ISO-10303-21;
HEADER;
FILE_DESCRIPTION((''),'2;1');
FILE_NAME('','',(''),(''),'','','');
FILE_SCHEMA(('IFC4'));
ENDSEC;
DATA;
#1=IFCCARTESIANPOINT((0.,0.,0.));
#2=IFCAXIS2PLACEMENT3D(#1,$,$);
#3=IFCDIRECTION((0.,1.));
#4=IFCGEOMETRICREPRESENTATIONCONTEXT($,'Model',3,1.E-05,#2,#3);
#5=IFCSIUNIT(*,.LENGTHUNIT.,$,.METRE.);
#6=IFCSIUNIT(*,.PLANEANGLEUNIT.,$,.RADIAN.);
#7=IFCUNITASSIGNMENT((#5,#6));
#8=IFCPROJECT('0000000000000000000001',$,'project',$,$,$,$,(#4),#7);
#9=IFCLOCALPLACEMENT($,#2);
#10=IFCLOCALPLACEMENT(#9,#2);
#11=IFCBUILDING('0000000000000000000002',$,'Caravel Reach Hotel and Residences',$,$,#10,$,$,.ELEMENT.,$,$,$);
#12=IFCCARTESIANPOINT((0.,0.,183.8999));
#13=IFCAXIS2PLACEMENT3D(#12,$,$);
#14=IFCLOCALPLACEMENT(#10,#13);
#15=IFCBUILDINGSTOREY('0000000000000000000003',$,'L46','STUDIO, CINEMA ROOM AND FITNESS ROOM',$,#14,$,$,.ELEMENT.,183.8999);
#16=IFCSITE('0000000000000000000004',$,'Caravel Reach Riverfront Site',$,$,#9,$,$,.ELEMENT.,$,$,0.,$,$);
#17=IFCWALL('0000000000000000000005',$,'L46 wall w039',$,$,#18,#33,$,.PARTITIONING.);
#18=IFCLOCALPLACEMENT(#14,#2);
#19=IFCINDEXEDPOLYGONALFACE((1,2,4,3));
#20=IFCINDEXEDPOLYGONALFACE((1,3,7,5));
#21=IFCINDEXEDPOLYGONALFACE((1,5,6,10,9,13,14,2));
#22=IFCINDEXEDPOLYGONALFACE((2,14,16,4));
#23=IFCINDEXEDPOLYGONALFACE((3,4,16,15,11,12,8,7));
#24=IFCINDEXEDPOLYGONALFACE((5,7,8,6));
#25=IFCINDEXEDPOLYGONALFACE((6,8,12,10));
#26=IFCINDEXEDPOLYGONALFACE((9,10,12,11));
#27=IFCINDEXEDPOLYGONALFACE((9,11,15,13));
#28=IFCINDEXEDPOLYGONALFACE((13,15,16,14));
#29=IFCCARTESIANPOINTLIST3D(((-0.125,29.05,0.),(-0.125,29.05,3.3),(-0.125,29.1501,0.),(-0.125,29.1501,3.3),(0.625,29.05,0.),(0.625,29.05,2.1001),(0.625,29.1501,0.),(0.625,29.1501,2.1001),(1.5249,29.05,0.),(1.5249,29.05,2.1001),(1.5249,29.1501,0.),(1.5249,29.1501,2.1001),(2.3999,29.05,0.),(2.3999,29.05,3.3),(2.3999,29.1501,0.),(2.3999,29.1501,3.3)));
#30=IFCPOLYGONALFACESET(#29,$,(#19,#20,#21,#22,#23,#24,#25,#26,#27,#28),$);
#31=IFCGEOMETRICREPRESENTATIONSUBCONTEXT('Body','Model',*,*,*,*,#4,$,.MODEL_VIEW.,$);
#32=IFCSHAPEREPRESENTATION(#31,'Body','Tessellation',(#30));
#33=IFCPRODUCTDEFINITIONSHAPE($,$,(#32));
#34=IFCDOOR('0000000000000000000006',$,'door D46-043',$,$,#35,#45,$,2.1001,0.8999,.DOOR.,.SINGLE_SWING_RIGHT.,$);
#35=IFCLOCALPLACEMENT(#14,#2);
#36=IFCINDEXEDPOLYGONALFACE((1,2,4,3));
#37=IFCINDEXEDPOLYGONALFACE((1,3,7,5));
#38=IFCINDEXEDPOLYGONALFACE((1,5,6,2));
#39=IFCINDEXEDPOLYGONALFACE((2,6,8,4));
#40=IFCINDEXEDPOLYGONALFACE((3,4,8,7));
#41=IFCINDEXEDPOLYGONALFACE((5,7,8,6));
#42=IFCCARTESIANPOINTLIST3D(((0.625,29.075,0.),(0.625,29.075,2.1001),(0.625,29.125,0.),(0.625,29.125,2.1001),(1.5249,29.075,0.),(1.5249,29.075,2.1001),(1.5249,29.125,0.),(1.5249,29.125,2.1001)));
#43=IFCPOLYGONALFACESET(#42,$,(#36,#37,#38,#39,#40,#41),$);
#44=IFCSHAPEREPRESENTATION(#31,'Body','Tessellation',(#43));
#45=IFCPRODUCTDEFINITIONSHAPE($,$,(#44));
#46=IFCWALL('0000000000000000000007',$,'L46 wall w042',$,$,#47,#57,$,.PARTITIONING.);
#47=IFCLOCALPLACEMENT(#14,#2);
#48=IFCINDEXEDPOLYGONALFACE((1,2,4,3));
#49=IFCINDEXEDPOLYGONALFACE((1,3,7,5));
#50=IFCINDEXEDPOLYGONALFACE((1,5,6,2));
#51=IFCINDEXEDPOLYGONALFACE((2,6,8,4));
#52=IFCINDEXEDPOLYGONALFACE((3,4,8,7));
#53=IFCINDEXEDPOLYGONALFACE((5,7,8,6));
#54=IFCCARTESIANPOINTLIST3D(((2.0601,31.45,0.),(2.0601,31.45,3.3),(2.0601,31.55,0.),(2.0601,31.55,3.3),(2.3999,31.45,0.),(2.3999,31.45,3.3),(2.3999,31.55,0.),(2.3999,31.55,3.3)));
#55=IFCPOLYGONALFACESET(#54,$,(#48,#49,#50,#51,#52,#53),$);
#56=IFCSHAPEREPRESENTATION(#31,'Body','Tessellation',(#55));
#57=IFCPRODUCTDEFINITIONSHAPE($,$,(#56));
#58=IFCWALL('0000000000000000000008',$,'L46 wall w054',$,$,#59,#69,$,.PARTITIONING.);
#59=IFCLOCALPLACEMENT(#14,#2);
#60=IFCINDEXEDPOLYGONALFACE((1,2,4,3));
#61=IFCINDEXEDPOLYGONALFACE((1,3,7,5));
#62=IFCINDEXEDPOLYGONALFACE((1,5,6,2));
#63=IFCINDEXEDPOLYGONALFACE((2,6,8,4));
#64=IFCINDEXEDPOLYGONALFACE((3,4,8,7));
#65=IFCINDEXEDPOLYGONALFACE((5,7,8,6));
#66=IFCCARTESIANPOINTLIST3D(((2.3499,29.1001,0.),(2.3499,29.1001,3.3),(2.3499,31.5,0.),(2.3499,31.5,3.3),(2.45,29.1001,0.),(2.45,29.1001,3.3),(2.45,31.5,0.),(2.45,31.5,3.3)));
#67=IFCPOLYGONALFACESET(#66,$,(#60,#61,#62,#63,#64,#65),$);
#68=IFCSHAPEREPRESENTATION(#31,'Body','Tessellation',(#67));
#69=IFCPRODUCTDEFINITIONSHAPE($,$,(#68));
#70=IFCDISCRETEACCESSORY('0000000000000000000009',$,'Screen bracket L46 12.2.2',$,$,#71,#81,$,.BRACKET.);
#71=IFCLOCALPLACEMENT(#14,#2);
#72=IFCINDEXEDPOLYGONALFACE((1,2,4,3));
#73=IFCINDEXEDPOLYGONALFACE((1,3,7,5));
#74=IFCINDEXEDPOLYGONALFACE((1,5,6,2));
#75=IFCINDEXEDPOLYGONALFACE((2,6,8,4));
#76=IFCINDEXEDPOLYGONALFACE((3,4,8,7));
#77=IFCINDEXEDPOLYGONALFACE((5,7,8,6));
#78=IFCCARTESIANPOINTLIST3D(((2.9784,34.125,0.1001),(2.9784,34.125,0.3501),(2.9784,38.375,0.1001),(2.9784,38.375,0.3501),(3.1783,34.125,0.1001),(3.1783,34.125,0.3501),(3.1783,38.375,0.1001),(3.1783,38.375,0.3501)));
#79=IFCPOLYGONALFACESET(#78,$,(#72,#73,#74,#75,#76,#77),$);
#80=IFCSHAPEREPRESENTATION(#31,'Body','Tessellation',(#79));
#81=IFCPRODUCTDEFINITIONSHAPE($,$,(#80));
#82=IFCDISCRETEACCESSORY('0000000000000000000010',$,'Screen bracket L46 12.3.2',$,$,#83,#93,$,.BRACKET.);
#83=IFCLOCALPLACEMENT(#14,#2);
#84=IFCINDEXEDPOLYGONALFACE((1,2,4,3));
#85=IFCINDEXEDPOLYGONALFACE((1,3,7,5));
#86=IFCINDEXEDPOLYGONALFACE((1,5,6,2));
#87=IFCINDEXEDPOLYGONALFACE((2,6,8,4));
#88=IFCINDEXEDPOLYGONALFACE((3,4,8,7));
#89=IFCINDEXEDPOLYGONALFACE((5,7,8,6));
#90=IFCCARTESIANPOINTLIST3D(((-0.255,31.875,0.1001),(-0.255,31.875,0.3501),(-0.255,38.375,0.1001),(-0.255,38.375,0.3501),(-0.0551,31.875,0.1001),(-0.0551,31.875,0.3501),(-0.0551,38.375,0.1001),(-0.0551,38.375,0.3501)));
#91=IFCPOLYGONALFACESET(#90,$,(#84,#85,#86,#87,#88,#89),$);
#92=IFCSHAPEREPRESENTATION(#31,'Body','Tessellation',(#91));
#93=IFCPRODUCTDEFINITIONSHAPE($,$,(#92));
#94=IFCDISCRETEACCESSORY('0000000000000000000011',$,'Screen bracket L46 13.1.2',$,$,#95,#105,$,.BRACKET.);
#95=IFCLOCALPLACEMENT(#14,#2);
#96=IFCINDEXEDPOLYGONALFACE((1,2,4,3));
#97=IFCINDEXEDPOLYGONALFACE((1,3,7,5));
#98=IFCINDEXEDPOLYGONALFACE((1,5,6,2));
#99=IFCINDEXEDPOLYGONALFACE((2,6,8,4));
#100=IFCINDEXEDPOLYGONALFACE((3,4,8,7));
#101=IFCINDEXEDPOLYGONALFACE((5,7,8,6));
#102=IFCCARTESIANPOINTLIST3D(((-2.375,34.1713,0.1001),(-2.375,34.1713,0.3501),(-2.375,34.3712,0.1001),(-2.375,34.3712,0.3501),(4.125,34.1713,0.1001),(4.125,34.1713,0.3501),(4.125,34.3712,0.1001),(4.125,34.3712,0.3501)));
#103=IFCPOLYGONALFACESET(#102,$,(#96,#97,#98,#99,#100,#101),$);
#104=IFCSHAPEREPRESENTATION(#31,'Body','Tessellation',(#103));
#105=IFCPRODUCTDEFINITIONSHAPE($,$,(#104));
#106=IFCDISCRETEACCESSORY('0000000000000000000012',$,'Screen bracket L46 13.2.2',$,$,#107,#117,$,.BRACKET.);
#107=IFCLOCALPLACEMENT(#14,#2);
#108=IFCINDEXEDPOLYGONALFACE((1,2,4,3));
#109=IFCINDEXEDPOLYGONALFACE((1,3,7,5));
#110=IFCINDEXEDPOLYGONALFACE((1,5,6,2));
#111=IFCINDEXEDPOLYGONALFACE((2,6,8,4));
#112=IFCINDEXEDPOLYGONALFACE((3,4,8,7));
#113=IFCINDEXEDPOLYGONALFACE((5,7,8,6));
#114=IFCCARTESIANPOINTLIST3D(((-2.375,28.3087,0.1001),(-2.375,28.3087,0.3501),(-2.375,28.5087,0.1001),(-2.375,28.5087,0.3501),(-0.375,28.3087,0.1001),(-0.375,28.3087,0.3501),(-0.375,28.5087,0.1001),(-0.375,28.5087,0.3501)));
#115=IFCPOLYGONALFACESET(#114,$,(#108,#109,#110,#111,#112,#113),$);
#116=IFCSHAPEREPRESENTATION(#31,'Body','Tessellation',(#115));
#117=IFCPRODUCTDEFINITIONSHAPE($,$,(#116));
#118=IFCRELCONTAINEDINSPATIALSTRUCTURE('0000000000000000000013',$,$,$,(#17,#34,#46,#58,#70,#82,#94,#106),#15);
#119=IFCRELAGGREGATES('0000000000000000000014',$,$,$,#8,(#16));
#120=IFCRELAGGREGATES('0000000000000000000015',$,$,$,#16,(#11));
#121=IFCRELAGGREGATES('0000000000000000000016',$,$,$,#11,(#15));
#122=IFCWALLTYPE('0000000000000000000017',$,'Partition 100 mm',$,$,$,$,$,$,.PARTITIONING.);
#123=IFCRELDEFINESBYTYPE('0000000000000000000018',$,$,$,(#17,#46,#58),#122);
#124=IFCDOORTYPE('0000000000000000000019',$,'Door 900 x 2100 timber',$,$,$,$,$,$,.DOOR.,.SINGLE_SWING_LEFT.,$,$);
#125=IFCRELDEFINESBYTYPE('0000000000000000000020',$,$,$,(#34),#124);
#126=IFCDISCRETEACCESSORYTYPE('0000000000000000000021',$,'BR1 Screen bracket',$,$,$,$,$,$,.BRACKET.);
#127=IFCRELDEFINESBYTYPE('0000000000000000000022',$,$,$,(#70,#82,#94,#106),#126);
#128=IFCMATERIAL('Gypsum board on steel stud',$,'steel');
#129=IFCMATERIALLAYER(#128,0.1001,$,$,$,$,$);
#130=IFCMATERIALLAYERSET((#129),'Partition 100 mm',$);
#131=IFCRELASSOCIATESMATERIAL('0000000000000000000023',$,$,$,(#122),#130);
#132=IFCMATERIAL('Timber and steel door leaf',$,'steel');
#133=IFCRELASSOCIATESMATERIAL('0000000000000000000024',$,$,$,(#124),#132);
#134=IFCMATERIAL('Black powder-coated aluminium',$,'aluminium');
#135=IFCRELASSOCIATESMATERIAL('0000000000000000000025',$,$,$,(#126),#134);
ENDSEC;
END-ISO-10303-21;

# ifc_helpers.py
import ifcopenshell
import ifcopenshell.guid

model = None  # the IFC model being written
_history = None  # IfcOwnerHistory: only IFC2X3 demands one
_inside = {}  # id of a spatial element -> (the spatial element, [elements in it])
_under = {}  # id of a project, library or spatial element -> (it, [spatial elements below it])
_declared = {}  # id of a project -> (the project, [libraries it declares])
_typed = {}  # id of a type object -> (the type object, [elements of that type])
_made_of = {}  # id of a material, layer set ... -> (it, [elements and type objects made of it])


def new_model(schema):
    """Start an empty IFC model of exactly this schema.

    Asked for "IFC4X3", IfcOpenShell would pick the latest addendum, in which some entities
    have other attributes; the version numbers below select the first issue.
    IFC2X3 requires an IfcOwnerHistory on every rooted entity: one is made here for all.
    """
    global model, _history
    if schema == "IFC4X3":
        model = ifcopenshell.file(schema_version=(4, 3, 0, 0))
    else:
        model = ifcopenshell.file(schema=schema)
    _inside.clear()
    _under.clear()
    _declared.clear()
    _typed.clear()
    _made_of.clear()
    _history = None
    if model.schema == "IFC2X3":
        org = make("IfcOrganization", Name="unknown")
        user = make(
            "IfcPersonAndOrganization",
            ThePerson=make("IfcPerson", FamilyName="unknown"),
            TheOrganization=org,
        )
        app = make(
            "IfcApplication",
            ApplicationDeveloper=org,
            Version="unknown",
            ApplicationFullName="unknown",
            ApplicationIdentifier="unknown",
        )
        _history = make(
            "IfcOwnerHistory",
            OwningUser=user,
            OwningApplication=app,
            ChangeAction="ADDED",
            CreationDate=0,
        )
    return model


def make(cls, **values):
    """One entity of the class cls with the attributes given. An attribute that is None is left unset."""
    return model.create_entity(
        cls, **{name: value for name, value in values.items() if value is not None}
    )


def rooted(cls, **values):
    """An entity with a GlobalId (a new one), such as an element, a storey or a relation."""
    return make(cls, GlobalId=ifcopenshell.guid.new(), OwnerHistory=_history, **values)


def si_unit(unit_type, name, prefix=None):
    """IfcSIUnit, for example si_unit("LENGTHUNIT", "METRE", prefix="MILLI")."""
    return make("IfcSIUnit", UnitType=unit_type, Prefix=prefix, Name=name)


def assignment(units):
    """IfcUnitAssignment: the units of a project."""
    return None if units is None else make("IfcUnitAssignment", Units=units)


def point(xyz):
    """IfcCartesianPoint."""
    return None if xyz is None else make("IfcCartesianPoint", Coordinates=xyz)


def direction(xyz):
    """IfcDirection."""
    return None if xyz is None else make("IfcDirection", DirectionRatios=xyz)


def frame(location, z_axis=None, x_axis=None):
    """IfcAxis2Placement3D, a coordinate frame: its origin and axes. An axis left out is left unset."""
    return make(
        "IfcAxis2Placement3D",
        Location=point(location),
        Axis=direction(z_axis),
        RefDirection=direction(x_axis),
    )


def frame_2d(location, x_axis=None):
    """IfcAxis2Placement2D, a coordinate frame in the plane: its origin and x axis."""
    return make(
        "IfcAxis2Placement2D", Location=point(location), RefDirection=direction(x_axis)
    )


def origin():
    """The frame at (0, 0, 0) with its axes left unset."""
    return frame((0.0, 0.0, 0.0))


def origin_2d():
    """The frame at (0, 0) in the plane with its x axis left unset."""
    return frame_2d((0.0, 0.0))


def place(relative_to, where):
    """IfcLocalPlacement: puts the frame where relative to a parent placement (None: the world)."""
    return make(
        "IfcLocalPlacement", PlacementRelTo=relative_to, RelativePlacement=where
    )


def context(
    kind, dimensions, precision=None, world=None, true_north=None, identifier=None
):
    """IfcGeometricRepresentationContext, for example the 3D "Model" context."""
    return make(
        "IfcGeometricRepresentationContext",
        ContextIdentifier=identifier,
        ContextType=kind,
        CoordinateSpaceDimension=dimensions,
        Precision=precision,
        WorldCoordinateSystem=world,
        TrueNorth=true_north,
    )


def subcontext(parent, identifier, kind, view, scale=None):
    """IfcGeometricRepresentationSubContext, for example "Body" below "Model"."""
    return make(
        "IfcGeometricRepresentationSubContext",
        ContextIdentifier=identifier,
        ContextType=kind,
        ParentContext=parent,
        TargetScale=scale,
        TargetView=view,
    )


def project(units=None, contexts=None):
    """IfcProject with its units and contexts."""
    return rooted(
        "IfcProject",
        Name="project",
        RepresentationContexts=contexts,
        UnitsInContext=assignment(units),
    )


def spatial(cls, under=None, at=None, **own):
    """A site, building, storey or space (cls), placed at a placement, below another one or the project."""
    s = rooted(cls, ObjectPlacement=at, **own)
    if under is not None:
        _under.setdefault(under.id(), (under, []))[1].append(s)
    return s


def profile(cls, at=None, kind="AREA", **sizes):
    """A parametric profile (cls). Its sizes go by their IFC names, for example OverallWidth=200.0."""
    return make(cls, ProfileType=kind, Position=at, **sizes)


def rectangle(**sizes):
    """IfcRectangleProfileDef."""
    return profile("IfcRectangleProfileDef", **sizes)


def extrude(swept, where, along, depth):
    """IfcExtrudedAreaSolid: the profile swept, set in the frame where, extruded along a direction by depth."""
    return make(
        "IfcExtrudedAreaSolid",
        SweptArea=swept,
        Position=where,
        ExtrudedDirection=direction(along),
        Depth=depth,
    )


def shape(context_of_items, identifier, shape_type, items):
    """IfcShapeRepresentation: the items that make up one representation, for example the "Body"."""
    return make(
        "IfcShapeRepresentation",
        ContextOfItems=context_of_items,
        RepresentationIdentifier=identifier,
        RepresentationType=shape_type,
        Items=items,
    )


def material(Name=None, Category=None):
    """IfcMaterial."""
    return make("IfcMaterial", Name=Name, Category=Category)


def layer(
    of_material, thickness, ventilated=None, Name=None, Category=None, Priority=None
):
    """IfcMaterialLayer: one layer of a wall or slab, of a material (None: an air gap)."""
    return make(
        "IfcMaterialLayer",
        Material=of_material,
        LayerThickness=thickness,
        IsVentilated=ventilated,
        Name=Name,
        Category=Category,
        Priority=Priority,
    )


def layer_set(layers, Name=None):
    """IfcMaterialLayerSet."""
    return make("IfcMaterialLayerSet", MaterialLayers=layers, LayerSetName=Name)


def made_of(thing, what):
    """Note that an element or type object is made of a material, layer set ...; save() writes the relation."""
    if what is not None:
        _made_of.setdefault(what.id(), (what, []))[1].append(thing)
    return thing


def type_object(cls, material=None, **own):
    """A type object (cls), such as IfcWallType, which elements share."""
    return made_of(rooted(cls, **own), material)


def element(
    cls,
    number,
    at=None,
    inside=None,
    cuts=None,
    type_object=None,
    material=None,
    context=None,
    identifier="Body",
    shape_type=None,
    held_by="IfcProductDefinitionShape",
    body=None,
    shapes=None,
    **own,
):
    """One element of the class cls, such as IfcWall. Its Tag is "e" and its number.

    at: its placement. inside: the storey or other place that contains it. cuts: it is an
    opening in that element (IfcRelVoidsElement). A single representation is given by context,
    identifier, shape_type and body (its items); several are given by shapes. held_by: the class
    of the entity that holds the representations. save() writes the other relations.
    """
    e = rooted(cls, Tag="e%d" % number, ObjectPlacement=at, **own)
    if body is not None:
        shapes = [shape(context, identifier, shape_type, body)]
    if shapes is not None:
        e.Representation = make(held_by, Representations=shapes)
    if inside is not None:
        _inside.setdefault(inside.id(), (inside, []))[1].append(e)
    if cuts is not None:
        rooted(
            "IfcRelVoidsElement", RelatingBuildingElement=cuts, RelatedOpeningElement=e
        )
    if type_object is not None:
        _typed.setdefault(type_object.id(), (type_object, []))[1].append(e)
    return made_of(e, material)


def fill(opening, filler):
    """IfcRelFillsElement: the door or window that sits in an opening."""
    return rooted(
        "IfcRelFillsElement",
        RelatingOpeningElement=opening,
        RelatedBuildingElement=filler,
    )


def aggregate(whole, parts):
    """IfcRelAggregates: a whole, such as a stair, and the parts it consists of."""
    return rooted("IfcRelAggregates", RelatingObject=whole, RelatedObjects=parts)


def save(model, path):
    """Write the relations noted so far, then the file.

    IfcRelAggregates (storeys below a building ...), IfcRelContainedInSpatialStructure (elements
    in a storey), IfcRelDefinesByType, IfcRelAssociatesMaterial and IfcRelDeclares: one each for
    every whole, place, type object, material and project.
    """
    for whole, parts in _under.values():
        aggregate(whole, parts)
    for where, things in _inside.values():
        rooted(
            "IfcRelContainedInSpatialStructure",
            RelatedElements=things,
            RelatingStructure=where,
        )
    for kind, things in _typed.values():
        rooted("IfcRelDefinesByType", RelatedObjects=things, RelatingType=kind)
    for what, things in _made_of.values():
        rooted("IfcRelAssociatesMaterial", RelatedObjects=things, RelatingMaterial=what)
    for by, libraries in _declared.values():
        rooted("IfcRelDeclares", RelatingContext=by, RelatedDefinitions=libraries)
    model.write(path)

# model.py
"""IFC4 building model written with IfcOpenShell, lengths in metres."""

from ifc_helpers import new_model, si_unit, direction, frame, frame_2d, origin, origin_2d, place, context, subcontext, project, spatial, rectangle, extrude, material, layer, layer_set, type_object, element, fill, save


model = new_model("IFC4")

# Units and contexts
model_context = context("Model", 3, precision=1e-05, world=origin(), true_north=direction((0.0, 1.0)))
body_context = subcontext(model_context, "Body", "Model", "MODEL_VIEW")
ifc_project = project(units=[si_unit("LENGTHUNIT", "METRE"), si_unit("PLANEANGLEUNIT", "RADIAN")], contexts=[model_context])

# Site, building, storey
site_placement = place(None, origin())
site = spatial("IfcSite", under=ifc_project, at=site_placement, Name="Caravel Reach Riverfront Site", CompositionType="ELEMENT", RefElevation=0.0)
building_placement = place(site_placement, origin())
building = spatial("IfcBuilding", under=site, at=building_placement, Name="Caravel Reach Hotel and Residences", CompositionType="ELEMENT")
storey_placement = place(building_placement, frame((0.0, 0.0, 183.8999)))
storey = spatial("IfcBuildingStorey", under=building, at=storey_placement, Name="L46", Description="STUDIO, CINEMA ROOM AND FITNESS ROOM", CompositionType="ELEMENT", Elevation=183.8999)

# Wall, opening, door
ifc_material_1 = material(Name="Gypsum board on steel stud", Category="steel")
ifc_layer_1 = layer(ifc_material_1, 0.1001)
ifc_layer_set_1 = layer_set([ifc_layer_1], Name="Partition 100 mm")
wall_type_1 = type_object("IfcWallType", Name="Partition 100 mm", PredefinedType="PARTITIONING", material=ifc_layer_set_1)
wall_1_placement = place(storey_placement, frame((-0.125, 29.1001, 0.0), z_axis=(0.0, 0.0, 1.0), x_axis=(1.0, 0.0, 0.0)))
wall_1 = element("IfcWall", 1, at=wall_1_placement, inside=storey, type_object=wall_type_1, Name="L46 wall w039", PredefinedType="PARTITIONING", context=body_context, shape_type="SweptSolid", body=[
    extrude(rectangle(XDim=2.5249, YDim=0.1001, at=frame_2d((1.2625, 0.0))), origin(), (0.0, 0.0, 1.0), 3.3),
])
opening_1_placement = place(wall_1_placement, frame((0.75, 0.0, 0.0)))
opening_1 = element("IfcOpeningElement", 2, at=opening_1_placement, cuts=wall_1, PredefinedType="OPENING", context=body_context, shape_type="SweptSolid", body=[
    extrude(rectangle(XDim=0.8999, YDim=2.1001, at=frame_2d((0.45, 1.05))), frame((0.0, 0.0601, 0.0), z_axis=(0.0, -1.0, 0.0), x_axis=(1.0, 0.0, 0.0)), (0.0, 0.0, 1.0), 0.1201),
])
ifc_material_2 = material(Name="Timber and steel door leaf", Category="steel")
door_type_1 = type_object("IfcDoorType", Name="Door 900 x 2100 timber", OperationType="SINGLE_SWING_LEFT", PredefinedType="DOOR", material=ifc_material_2)
door_1_placement = place(opening_1_placement, origin())
door_1 = element("IfcDoor", 3, at=door_1_placement, inside=storey, type_object=door_type_1, Name="door D46-043", OperationType="SINGLE_SWING_RIGHT", OverallHeight=2.1001, OverallWidth=0.8999, PredefinedType="DOOR", context=body_context, shape_type="SweptSolid", body=[
    extrude(rectangle(XDim=0.8999, YDim=2.1001, at=frame_2d((0.45, 1.05))), frame((0.0, 0.0249, 0.0), z_axis=(0.0, -1.0, 0.0), x_axis=(1.0, 0.0, 0.0)), (0.0, 0.0, 1.0), 0.05),
])
fill(opening_1, door_1)

# Walls
wall_2_placement = place(storey_placement, frame((2.0601, 31.5, 0.0), z_axis=(0.0, 0.0, 1.0), x_axis=(1.0, 0.0, 0.0)))
element("IfcWall", 4, at=wall_2_placement, inside=storey, type_object=wall_type_1, Name="L46 wall w042", PredefinedType="PARTITIONING", context=body_context, shape_type="SweptSolid", body=[
    extrude(rectangle(XDim=0.3398, YDim=0.1001, at=frame_2d((0.1699, 0.0))), origin(), (0.0, 0.0, 1.0), 3.3),
])
wall_3_placement = place(storey_placement, frame((2.3999, 29.1001, 0.0), z_axis=(0.0, 0.0, 1.0), x_axis=(0.0, 1.0, 0.0)))
element("IfcWall", 5, at=wall_3_placement, inside=storey, type_object=wall_type_1, Name="L46 wall w054", PredefinedType="PARTITIONING", context=body_context, shape_type="SweptSolid", body=[
    extrude(rectangle(XDim=2.3999, YDim=0.1001, at=frame_2d((1.2, 0.0))), origin(), (0.0, 0.0, 1.0), 3.3),
])

# Discrete accessories
ifc_material_3 = material(Name="Black powder-coated aluminium", Category="aluminium")
discrete_accessory_type = type_object("IfcDiscreteAccessoryType", Name="BR1 Screen bracket", PredefinedType="BRACKET", material=ifc_material_3)
discrete_accessory_1_placement = place(storey_placement, frame((3.0784, 36.25, 0.1001), z_axis=(0.0, 0.0, 1.0), x_axis=(0.0, 1.0, 0.0)))
element("IfcDiscreteAccessory", 6, at=discrete_accessory_1_placement, inside=storey, type_object=discrete_accessory_type, Name="Screen bracket L46 12.2.2", PredefinedType="BRACKET", context=body_context, shape_type="SweptSolid", body=[
    extrude(rectangle(XDim=4.25, YDim=0.2, at=origin_2d()), origin(), (0.0, 0.0, 1.0), 0.25),
])
for number, where, z_axis, x_axis, name in (
    (7, (-0.155, 35.125, 0.1001), (0.0, 0.0, 1.0), (0.0, 1.0, 0.0), "Screen bracket L46 12.3.2"),
    (8, (0.875, 34.2712, 0.1001), (0.0, 0.0, 1.0), (-1.0, 0.0, 0.0), "Screen bracket L46 13.1.2"),
):
    element("IfcDiscreteAccessory", number, at=place(storey_placement, frame(where, z_axis=z_axis, x_axis=x_axis)), inside=storey, type_object=discrete_accessory_type, Name=name, PredefinedType="BRACKET", context=body_context, shape_type="SweptSolid", body=[
        extrude(rectangle(XDim=6.5, YDim=0.2, at=origin_2d()), origin(), (0.0, 0.0, 1.0), 0.25),
    ])
discrete_accessory_2_placement = place(storey_placement, frame((-1.375, 28.4087, 0.1001), z_axis=(0.0, 0.0, 1.0), x_axis=(-1.0, 0.0, 0.0)))
element("IfcDiscreteAccessory", 9, at=discrete_accessory_2_placement, inside=storey, type_object=discrete_accessory_type, Name="Screen bracket L46 13.2.2", PredefinedType="BRACKET", context=body_context, shape_type="SweptSolid", body=[
    extrude(rectangle(XDim=2.0, YDim=0.2, at=origin_2d()), origin(), (0.0, 0.0, 1.0), 0.25),
])

save(model, "model.ifc")
